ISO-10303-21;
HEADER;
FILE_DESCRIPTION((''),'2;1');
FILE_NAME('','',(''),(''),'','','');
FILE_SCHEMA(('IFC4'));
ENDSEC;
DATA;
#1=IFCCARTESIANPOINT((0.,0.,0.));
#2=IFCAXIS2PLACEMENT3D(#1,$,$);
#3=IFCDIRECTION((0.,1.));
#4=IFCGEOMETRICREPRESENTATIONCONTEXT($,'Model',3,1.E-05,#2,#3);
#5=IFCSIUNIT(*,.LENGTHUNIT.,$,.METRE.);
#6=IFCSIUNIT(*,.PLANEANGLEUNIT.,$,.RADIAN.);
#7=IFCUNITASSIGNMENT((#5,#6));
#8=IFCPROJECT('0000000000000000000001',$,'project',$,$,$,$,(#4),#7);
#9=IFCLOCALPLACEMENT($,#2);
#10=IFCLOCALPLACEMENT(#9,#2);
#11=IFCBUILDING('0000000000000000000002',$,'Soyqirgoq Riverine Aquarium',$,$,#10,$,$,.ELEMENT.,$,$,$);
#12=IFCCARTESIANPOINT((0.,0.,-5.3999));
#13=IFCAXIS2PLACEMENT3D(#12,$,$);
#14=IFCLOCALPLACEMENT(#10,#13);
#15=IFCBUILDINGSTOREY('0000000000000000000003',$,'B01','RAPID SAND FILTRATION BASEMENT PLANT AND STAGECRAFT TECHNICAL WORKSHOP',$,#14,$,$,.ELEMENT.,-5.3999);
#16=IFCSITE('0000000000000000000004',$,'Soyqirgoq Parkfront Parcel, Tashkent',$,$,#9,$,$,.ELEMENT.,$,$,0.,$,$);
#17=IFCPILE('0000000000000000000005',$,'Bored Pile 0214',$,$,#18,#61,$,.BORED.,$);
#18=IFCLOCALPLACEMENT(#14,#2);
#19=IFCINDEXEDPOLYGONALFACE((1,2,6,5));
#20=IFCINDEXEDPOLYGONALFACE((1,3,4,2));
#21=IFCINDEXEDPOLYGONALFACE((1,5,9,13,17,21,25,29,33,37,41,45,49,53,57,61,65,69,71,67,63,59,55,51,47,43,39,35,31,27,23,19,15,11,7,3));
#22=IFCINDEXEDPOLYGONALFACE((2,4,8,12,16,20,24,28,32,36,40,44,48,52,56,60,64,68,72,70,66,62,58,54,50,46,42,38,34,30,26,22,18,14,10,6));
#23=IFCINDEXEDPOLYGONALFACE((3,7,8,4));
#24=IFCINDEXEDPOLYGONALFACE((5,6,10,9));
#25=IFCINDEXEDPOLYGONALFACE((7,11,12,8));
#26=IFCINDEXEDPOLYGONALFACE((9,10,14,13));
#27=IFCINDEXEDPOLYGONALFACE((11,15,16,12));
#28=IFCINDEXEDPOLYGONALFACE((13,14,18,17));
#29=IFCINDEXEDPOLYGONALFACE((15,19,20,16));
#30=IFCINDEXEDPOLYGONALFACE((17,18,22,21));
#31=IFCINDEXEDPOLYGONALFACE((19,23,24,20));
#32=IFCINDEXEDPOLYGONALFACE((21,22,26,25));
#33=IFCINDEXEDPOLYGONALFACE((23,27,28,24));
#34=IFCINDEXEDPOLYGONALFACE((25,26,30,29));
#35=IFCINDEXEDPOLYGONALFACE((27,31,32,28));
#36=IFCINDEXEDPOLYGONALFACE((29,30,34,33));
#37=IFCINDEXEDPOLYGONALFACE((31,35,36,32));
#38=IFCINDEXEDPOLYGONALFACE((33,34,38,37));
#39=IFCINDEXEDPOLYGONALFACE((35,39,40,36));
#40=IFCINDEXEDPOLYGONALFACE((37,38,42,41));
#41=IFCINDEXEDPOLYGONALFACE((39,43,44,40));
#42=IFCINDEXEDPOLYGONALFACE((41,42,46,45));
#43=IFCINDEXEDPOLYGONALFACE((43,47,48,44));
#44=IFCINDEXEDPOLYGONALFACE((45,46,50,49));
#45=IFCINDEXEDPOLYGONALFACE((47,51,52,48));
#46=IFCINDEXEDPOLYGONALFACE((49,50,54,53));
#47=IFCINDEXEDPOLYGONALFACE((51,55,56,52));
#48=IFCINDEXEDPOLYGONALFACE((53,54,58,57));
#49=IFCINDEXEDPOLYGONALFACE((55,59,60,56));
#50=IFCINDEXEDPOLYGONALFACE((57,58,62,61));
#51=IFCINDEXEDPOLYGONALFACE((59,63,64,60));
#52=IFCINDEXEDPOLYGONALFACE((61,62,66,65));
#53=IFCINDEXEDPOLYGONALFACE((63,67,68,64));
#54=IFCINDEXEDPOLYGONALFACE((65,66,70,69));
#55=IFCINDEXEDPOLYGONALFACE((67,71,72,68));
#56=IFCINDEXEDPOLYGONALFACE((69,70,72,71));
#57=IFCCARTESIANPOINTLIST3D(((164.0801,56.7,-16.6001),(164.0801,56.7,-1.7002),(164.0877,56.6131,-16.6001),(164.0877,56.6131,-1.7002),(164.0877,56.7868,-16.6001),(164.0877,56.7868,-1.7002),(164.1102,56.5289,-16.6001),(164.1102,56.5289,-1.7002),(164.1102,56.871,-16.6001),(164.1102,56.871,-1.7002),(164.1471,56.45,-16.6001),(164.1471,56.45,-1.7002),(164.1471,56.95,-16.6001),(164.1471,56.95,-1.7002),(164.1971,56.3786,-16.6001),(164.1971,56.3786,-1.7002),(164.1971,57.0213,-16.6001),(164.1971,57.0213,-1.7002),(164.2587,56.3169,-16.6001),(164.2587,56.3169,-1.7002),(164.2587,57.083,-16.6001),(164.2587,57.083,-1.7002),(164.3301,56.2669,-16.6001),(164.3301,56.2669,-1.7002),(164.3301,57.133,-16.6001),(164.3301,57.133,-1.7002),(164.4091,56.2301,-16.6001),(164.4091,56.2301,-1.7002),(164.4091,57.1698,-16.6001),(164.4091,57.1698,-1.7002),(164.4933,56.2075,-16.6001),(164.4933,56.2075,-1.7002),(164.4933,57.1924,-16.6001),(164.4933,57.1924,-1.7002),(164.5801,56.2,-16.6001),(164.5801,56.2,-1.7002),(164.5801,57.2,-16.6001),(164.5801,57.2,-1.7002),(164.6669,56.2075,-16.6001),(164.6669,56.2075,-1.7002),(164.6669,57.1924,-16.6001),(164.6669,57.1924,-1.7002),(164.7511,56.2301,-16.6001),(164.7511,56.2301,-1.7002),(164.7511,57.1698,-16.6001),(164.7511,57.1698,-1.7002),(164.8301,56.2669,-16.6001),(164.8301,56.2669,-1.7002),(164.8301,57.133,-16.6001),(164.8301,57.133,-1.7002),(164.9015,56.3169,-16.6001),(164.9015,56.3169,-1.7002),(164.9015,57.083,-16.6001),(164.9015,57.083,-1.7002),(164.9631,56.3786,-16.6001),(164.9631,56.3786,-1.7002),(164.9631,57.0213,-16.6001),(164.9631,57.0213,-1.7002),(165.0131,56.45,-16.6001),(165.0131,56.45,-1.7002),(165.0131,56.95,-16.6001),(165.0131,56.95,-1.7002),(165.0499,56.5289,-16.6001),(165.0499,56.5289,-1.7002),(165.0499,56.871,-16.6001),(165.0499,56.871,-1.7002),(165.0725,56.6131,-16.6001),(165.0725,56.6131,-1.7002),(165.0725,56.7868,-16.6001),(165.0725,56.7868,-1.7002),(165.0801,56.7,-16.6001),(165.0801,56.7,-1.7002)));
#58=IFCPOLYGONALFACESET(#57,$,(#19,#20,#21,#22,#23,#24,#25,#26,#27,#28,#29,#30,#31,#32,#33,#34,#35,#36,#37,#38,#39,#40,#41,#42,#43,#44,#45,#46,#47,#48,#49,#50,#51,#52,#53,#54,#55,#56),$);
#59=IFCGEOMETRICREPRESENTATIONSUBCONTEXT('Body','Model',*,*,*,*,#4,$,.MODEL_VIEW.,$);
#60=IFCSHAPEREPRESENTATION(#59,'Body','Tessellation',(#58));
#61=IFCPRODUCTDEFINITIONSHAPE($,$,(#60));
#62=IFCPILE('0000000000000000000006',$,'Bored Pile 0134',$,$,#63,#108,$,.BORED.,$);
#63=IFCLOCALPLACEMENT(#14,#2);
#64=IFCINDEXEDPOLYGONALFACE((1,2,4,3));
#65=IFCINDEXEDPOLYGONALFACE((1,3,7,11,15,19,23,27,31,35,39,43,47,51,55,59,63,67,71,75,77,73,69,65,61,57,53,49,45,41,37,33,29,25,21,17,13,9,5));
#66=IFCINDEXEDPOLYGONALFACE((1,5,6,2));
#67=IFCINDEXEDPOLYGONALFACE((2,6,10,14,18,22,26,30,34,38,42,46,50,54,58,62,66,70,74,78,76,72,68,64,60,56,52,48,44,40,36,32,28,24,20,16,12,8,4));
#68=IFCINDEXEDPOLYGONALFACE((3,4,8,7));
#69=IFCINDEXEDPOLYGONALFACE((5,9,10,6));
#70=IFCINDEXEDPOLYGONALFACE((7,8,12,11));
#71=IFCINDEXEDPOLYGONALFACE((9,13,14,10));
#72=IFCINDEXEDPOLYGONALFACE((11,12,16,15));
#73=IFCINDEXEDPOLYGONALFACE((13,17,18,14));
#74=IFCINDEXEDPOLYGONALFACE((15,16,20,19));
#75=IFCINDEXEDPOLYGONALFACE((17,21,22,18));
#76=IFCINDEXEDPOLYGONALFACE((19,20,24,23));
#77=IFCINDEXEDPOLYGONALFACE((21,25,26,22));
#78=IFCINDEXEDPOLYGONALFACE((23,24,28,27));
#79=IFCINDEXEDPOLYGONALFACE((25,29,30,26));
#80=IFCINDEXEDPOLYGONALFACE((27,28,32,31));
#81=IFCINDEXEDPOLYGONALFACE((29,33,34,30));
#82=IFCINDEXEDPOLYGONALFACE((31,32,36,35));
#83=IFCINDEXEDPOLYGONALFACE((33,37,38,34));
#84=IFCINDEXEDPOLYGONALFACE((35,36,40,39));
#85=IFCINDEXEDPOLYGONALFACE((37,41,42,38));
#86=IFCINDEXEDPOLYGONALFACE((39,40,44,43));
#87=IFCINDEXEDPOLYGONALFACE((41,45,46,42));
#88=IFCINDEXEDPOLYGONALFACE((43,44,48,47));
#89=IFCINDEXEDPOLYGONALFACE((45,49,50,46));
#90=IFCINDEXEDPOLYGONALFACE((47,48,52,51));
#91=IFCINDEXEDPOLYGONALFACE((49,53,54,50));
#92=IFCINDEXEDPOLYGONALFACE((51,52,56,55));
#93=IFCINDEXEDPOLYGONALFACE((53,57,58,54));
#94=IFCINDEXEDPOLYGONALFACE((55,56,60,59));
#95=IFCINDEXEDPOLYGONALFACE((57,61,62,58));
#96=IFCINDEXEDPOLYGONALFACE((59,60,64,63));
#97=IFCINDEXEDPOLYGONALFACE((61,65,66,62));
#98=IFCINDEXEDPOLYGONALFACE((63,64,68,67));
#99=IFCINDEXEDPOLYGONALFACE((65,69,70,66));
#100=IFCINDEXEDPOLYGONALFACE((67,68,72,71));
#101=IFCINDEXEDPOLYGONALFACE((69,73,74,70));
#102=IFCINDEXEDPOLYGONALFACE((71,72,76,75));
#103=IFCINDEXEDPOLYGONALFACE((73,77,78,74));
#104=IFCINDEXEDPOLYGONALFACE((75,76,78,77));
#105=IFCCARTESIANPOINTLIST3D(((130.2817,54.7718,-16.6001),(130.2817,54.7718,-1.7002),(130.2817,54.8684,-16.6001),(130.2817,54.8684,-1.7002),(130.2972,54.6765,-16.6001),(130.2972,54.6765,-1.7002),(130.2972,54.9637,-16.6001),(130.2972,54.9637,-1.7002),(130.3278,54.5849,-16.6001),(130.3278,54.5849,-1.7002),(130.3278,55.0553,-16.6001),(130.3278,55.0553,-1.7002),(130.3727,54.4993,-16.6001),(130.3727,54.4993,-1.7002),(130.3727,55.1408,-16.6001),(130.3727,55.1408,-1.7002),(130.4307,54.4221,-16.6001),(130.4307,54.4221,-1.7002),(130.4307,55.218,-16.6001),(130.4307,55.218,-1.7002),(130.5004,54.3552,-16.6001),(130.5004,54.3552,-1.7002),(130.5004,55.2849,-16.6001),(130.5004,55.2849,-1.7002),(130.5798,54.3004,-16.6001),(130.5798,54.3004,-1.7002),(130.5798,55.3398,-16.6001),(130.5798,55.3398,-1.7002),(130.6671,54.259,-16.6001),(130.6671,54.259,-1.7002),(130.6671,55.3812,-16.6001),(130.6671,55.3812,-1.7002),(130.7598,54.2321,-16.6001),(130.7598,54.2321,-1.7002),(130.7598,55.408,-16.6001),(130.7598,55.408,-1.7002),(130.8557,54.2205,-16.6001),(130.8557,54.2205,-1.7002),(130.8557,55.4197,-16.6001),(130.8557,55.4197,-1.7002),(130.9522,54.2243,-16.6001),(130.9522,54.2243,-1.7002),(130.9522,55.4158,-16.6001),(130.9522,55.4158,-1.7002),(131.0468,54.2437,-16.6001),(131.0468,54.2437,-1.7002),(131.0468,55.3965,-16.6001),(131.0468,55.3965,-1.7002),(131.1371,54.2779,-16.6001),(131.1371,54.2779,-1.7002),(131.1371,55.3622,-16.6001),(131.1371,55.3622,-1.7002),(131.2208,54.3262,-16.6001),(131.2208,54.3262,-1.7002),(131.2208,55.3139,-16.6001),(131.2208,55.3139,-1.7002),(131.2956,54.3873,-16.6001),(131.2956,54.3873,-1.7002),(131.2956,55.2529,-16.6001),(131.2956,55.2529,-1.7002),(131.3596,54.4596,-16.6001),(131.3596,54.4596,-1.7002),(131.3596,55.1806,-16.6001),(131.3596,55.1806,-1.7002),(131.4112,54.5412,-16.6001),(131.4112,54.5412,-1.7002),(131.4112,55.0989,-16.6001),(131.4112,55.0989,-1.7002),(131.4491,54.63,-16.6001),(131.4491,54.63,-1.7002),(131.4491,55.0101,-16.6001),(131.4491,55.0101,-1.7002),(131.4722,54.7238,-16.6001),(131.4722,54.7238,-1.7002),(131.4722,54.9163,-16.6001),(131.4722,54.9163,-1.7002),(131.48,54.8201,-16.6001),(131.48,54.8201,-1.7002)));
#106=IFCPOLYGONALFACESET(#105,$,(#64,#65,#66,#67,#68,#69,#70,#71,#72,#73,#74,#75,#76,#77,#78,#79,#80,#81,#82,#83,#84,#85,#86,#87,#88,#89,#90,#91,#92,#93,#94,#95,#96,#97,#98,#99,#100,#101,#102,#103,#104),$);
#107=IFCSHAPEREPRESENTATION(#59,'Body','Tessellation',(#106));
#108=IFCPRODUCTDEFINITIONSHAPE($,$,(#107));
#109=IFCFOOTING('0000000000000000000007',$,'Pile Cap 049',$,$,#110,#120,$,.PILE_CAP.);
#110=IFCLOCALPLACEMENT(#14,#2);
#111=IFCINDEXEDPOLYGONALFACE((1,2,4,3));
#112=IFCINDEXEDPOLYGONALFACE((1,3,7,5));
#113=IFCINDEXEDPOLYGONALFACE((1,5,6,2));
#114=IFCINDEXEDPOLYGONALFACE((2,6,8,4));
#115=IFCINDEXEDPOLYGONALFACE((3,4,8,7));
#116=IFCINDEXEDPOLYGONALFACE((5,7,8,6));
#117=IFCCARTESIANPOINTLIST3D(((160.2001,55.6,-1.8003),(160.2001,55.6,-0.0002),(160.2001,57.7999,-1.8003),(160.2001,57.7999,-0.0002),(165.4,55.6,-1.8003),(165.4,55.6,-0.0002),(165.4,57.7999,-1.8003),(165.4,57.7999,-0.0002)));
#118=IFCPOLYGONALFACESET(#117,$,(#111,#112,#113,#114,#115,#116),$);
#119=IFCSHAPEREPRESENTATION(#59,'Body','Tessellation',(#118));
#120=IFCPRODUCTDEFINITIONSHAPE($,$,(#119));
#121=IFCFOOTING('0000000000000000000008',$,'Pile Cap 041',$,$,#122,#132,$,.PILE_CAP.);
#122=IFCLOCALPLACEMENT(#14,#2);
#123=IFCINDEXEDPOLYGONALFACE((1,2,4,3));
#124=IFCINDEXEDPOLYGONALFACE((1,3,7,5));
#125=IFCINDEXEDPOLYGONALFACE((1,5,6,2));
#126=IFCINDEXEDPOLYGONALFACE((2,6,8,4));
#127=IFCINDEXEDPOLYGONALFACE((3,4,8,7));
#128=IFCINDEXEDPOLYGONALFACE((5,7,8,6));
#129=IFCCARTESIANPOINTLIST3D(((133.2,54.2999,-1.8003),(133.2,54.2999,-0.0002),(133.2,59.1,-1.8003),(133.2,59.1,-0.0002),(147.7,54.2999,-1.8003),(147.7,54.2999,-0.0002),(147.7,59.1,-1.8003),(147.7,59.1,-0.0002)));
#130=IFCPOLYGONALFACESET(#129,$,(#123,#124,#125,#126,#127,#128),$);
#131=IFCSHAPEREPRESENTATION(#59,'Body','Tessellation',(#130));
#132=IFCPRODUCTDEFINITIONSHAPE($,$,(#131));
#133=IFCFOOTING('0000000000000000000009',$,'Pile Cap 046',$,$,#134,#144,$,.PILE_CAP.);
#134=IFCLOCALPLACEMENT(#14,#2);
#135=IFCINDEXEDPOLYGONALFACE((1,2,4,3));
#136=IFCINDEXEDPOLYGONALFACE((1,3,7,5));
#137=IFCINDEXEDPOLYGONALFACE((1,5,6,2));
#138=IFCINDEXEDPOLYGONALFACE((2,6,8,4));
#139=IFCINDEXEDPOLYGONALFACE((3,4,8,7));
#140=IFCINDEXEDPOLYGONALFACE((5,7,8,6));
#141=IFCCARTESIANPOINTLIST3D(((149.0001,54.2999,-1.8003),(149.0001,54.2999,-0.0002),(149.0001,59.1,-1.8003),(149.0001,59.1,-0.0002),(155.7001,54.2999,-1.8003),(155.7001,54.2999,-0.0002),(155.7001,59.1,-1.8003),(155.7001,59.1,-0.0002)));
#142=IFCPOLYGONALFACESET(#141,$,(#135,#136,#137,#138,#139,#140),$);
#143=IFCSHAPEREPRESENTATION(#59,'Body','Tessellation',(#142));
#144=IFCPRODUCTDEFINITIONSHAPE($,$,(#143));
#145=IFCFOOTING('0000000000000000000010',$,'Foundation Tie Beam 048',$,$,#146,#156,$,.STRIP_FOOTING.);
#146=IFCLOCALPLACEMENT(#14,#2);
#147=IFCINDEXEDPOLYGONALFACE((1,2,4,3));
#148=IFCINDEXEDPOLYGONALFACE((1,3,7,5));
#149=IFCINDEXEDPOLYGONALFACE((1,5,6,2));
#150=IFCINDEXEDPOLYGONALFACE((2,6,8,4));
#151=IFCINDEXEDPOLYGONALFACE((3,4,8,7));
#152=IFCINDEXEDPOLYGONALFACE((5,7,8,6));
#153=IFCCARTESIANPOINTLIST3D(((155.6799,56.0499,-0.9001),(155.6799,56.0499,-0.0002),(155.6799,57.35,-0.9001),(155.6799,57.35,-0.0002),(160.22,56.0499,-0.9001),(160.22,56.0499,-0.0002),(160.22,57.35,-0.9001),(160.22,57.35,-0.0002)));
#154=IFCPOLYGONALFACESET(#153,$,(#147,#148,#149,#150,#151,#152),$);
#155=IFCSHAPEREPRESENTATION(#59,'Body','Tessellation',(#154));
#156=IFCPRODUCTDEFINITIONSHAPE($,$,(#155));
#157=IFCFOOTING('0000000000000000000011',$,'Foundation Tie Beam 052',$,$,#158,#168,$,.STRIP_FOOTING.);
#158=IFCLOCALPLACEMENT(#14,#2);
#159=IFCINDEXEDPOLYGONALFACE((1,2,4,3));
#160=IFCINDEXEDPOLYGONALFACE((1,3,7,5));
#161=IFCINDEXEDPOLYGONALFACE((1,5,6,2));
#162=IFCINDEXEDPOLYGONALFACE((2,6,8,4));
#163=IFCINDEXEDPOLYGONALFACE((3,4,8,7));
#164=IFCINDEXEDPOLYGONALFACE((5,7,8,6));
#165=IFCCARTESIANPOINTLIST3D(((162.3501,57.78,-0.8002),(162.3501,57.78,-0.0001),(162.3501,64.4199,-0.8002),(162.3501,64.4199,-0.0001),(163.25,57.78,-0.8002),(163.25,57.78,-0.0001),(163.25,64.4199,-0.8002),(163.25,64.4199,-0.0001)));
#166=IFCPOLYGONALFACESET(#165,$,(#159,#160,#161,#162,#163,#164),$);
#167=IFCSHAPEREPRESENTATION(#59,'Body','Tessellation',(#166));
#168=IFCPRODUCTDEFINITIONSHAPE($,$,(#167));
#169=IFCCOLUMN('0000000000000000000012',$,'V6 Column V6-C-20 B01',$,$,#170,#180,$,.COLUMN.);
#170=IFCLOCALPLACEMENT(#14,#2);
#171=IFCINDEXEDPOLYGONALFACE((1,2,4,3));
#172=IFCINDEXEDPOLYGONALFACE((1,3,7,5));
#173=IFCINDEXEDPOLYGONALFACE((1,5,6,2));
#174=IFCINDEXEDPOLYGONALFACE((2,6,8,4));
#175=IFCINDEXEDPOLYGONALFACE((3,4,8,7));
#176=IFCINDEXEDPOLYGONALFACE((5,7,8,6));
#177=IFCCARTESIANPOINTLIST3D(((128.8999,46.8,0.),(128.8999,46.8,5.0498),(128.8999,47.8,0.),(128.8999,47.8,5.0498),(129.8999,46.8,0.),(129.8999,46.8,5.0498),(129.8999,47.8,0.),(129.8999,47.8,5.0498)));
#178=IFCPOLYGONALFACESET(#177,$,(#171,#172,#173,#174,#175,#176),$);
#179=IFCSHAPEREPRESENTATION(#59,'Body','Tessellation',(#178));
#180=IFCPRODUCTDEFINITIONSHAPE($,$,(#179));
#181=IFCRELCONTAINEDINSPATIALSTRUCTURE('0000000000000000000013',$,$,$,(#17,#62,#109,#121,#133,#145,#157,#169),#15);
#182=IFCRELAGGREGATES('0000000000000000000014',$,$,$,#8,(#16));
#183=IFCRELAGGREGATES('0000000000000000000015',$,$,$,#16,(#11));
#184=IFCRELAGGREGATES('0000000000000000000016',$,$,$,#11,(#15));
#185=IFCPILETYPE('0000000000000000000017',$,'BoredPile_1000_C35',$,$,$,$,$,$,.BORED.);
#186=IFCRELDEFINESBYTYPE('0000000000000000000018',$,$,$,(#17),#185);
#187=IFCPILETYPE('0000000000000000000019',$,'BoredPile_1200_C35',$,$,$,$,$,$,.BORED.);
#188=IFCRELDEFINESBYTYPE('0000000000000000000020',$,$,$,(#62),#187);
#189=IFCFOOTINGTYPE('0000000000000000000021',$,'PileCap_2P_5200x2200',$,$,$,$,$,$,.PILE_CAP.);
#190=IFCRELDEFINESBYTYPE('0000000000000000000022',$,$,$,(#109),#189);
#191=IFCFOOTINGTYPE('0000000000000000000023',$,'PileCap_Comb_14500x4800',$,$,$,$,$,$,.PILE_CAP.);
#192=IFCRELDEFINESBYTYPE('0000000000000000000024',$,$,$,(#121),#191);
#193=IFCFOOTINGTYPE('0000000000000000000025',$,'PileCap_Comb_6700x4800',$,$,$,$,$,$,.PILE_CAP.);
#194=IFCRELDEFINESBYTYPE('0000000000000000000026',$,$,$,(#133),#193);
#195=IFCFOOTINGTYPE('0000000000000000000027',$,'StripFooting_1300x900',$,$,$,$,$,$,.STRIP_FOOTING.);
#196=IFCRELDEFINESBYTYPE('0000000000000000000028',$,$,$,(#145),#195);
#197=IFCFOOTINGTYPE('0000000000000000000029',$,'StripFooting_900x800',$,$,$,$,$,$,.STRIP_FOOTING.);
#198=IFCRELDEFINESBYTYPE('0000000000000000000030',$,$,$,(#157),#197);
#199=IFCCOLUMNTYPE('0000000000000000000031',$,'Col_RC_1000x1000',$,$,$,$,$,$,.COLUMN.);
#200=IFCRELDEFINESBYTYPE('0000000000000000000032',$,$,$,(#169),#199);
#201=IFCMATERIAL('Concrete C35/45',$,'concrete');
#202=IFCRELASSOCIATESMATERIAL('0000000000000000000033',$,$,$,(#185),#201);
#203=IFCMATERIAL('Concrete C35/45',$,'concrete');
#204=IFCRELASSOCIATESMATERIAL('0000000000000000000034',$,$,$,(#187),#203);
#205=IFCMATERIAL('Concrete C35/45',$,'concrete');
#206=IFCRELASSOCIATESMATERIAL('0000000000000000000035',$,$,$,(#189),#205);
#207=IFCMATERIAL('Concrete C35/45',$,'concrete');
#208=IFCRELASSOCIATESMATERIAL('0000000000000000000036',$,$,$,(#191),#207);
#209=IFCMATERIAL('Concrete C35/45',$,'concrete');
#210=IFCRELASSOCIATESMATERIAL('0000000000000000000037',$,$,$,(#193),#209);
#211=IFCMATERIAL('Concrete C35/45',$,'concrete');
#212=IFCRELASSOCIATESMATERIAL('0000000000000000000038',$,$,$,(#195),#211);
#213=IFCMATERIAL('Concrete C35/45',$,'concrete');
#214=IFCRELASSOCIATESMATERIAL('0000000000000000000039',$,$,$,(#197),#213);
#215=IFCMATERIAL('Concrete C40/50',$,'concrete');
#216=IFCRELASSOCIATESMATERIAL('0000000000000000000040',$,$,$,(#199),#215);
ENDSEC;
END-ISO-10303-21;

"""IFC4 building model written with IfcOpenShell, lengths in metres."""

from ifc_helpers import new_model, si_unit, direction, frame, origin, origin_2d, place, context, subcontext, project, spatial, rectangle, circle, extrude, material, material_profile, profile_set, type_object, element, save


model = new_model("IFC4")

# Units and contexts
model_context = context("Model", 3, precision=1e-05, world=origin(), true_north=direction((0.0, 1.0)))
body_context = subcontext(model_context, "Body", "Model", "MODEL_VIEW")
ifc_project = project(units=[si_unit("LENGTHUNIT", "METRE"), si_unit("PLANEANGLEUNIT", "RADIAN")], contexts=[model_context])

# Site, building, storey
site_placement = place(None, origin())
site = spatial("IfcSite", under=ifc_project, at=site_placement, Name="Soyqirgoq Parkfront Parcel, Tashkent", CompositionType="ELEMENT", RefElevation=0.0)
building_placement = place(site_placement, origin())
building = spatial("IfcBuilding", under=site, at=building_placement, Name="Soyqirgoq Riverine Aquarium", CompositionType="ELEMENT")
storey_placement = place(building_placement, frame((0.0, 0.0, -5.3999)))
storey = spatial("IfcBuildingStorey", under=building, at=storey_placement, Name="B01", Description="RAPID SAND FILTRATION BASEMENT PLANT AND STAGECRAFT TECHNICAL WORKSHOP", CompositionType="ELEMENT", Elevation=-5.3999)

# Piles
ifc_material_1 = material(Name="Concrete C35/45", Category="concrete")
ifc_material_profile_1 = material_profile(ifc_material_1, circle(Radius=0.5, at=origin_2d()), Name="BP D1000")
ifc_profile_set_1 = profile_set([ifc_material_profile_1], Name="Concrete C35/45")
pile_type_1 = type_object("IfcPileType", Name="BoredPile_1000_C35", PredefinedType="BORED", material=ifc_profile_set_1)
for number, where, z_axis, x_axis, name in (
    (1, (164.5801, 56.7, -1.7002), (0.0, 0.0, -1.0), (1.0, 0.0, 0.0), "Bored Pile 0214"),
):
    element("IfcPile", number, at=place(storey_placement, frame(where, z_axis=z_axis, x_axis=x_axis)), inside=storey, type_object=pile_type_1, Name=name, PredefinedType="BORED", context=body_context, shape_type="SweptSolid", body=[
        extrude(circle(Radius=0.5, at=origin_2d()), origin(), (0.0, 0.0, 1.0), 14.8999),
    ])
ifc_material_2 = material(Name="Concrete C35/45", Category="concrete")
ifc_material_profile_2 = material_profile(ifc_material_2, circle(Radius=0.6001, at=origin_2d()), Name="BP D1200")
ifc_profile_set_2 = profile_set([ifc_material_profile_2], Name="Concrete C35/45")
pile_type_2 = type_object("IfcPileType", Name="BoredPile_1200_C35", PredefinedType="BORED", material=ifc_profile_set_2)
pile_placement = place(storey_placement, frame((130.8799, 54.8201, -1.7002), z_axis=(0.0, 0.0, -1.0), x_axis=(1.0, 0.0, 0.0)))
element("IfcPile", 2, at=pile_placement, inside=storey, type_object=pile_type_2, Name="Bored Pile 0134", PredefinedType="BORED", context=body_context, shape_type="SweptSolid", body=[
    extrude(circle(Radius=0.6001, at=origin_2d()), origin(), (0.0, 0.0, 1.0), 14.8999),
])

# Footings
ifc_material_3 = material(Name="Concrete C35/45", Category="concrete")
footing_type_1 = type_object("IfcFootingType", Name="PileCap_2P_5200x2200", PredefinedType="PILE_CAP", material=ifc_material_3)
footing_1_placement = place(storey_placement, frame((162.8, 56.7, -1.8003), z_axis=(0.0, 0.0, 1.0), x_axis=(1.0, 0.0, 0.0)))
element("IfcFooting", 3, at=footing_1_placement, inside=storey, type_object=footing_type_1, Name="Pile Cap 049", PredefinedType="PILE_CAP", context=body_context, shape_type="SweptSolid", body=[
    extrude(rectangle(XDim=5.2, YDim=2.2, at=origin_2d()), origin(), (0.0, 0.0, 1.0), 1.8),
])
ifc_material_4 = material(Name="Concrete C35/45", Category="concrete")
footing_type_2 = type_object("IfcFootingType", Name="PileCap_Comb_14500x4800", PredefinedType="PILE_CAP", material=ifc_material_4)
footing_2_placement = place(storey_placement, frame((140.45, 56.7, -1.8003), z_axis=(0.0, 0.0, 1.0), x_axis=(1.0, 0.0, 0.0)))
element("IfcFooting", 4, at=footing_2_placement, inside=storey, type_object=footing_type_2, Name="Pile Cap 041", PredefinedType="PILE_CAP", context=body_context, shape_type="SweptSolid", body=[
    extrude(rectangle(XDim=14.5, YDim=4.8, at=origin_2d()), origin(), (0.0, 0.0, 1.0), 1.8),
])
ifc_material_5 = material(Name="Concrete C35/45", Category="concrete")
footing_type_3 = type_object("IfcFootingType", Name="PileCap_Comb_6700x4800", PredefinedType="PILE_CAP", material=ifc_material_5)
footing_3_placement = place(storey_placement, frame((152.3501, 56.7, -1.8003), z_axis=(0.0, 0.0, 1.0), x_axis=(1.0, 0.0, 0.0)))
element("IfcFooting", 5, at=footing_3_placement, inside=storey, type_object=footing_type_3, Name="Pile Cap 046", PredefinedType="PILE_CAP", context=body_context, shape_type="SweptSolid", body=[
    extrude(rectangle(XDim=6.7, YDim=4.8, at=origin_2d()), origin(), (0.0, 0.0, 1.0), 1.8),
])
ifc_material_6 = material(Name="Concrete C35/45", Category="concrete")
ifc_material_profile_3 = material_profile(ifc_material_6, rectangle(XDim=1.3, YDim=0.8999, at=origin_2d()), Name="RC 1300x900")
ifc_profile_set_3 = profile_set([ifc_material_profile_3], Name="Concrete C35/45")
footing_type_4 = type_object("IfcFootingType", Name="StripFooting_1300x900", PredefinedType="STRIP_FOOTING", material=ifc_profile_set_3)
footing_4_placement = place(storey_placement, frame((155.6799, 56.7, -0.4502), z_axis=(1.0, 0.0, 0.0), x_axis=(0.0, 1.0, 0.0)))
element("IfcFooting", 6, at=footing_4_placement, inside=storey, type_object=footing_type_4, Name="Foundation Tie Beam 048", PredefinedType="STRIP_FOOTING", context=body_context, shape_type="SweptSolid", body=[
    extrude(rectangle(XDim=1.3, YDim=0.8999, at=origin_2d()), origin(), (0.0, 0.0, 1.0), 4.54),
])
ifc_material_7 = material(Name="Concrete C35/45", Category="concrete")
ifc_material_profile_4 = material_profile(ifc_material_7, rectangle(XDim=0.8999, YDim=0.8, at=origin_2d()), Name="RC 900x800")
ifc_profile_set_4 = profile_set([ifc_material_profile_4], Name="Concrete C35/45")
footing_type_5 = type_object("IfcFootingType", Name="StripFooting_900x800", PredefinedType="STRIP_FOOTING", material=ifc_profile_set_4)
footing_5_placement = place(storey_placement, frame((162.8, 57.78, -0.4001), z_axis=(0.0, 1.0, 0.0), x_axis=(-1.0, 0.0, 0.0)))
element("IfcFooting", 7, at=footing_5_placement, inside=storey, type_object=footing_type_5, Name="Foundation Tie Beam 052", PredefinedType="STRIP_FOOTING", context=body_context, shape_type="SweptSolid", body=[
    extrude(rectangle(XDim=0.8999, YDim=0.8, at=origin_2d()), origin(), (0.0, 0.0, 1.0), 6.6399),
])

# Column
ifc_material_8 = material(Name="Concrete C40/50", Category="concrete")
ifc_material_profile_5 = material_profile(ifc_material_8, rectangle(XDim=1.0, YDim=1.0, at=origin_2d()), Name="RC 1000x1000")
ifc_profile_set_5 = profile_set([ifc_material_profile_5], Name="Concrete C40/50")
column_type_1 = type_object("IfcColumnType", Name="Col_RC_1000x1000", PredefinedType="COLUMN", material=ifc_profile_set_5)
column_1_placement = place(storey_placement, frame((129.3999, 47.3, 0.0), z_axis=(0.0, 0.0, 1.0), x_axis=(1.0, 0.0, 0.0)))
element("IfcColumn", 8, at=column_1_placement, inside=storey, type_object=column_type_1, Name="V6 Column V6-C-20 B01", PredefinedType="COLUMN", context=body_context, shape_type="SweptSolid", body=[
    extrude(rectangle(XDim=1.0, YDim=1.0, at=origin_2d()), origin(), (0.0, 0.0, 1.0), 5.0498),
])

save(model, "model.ifc")
